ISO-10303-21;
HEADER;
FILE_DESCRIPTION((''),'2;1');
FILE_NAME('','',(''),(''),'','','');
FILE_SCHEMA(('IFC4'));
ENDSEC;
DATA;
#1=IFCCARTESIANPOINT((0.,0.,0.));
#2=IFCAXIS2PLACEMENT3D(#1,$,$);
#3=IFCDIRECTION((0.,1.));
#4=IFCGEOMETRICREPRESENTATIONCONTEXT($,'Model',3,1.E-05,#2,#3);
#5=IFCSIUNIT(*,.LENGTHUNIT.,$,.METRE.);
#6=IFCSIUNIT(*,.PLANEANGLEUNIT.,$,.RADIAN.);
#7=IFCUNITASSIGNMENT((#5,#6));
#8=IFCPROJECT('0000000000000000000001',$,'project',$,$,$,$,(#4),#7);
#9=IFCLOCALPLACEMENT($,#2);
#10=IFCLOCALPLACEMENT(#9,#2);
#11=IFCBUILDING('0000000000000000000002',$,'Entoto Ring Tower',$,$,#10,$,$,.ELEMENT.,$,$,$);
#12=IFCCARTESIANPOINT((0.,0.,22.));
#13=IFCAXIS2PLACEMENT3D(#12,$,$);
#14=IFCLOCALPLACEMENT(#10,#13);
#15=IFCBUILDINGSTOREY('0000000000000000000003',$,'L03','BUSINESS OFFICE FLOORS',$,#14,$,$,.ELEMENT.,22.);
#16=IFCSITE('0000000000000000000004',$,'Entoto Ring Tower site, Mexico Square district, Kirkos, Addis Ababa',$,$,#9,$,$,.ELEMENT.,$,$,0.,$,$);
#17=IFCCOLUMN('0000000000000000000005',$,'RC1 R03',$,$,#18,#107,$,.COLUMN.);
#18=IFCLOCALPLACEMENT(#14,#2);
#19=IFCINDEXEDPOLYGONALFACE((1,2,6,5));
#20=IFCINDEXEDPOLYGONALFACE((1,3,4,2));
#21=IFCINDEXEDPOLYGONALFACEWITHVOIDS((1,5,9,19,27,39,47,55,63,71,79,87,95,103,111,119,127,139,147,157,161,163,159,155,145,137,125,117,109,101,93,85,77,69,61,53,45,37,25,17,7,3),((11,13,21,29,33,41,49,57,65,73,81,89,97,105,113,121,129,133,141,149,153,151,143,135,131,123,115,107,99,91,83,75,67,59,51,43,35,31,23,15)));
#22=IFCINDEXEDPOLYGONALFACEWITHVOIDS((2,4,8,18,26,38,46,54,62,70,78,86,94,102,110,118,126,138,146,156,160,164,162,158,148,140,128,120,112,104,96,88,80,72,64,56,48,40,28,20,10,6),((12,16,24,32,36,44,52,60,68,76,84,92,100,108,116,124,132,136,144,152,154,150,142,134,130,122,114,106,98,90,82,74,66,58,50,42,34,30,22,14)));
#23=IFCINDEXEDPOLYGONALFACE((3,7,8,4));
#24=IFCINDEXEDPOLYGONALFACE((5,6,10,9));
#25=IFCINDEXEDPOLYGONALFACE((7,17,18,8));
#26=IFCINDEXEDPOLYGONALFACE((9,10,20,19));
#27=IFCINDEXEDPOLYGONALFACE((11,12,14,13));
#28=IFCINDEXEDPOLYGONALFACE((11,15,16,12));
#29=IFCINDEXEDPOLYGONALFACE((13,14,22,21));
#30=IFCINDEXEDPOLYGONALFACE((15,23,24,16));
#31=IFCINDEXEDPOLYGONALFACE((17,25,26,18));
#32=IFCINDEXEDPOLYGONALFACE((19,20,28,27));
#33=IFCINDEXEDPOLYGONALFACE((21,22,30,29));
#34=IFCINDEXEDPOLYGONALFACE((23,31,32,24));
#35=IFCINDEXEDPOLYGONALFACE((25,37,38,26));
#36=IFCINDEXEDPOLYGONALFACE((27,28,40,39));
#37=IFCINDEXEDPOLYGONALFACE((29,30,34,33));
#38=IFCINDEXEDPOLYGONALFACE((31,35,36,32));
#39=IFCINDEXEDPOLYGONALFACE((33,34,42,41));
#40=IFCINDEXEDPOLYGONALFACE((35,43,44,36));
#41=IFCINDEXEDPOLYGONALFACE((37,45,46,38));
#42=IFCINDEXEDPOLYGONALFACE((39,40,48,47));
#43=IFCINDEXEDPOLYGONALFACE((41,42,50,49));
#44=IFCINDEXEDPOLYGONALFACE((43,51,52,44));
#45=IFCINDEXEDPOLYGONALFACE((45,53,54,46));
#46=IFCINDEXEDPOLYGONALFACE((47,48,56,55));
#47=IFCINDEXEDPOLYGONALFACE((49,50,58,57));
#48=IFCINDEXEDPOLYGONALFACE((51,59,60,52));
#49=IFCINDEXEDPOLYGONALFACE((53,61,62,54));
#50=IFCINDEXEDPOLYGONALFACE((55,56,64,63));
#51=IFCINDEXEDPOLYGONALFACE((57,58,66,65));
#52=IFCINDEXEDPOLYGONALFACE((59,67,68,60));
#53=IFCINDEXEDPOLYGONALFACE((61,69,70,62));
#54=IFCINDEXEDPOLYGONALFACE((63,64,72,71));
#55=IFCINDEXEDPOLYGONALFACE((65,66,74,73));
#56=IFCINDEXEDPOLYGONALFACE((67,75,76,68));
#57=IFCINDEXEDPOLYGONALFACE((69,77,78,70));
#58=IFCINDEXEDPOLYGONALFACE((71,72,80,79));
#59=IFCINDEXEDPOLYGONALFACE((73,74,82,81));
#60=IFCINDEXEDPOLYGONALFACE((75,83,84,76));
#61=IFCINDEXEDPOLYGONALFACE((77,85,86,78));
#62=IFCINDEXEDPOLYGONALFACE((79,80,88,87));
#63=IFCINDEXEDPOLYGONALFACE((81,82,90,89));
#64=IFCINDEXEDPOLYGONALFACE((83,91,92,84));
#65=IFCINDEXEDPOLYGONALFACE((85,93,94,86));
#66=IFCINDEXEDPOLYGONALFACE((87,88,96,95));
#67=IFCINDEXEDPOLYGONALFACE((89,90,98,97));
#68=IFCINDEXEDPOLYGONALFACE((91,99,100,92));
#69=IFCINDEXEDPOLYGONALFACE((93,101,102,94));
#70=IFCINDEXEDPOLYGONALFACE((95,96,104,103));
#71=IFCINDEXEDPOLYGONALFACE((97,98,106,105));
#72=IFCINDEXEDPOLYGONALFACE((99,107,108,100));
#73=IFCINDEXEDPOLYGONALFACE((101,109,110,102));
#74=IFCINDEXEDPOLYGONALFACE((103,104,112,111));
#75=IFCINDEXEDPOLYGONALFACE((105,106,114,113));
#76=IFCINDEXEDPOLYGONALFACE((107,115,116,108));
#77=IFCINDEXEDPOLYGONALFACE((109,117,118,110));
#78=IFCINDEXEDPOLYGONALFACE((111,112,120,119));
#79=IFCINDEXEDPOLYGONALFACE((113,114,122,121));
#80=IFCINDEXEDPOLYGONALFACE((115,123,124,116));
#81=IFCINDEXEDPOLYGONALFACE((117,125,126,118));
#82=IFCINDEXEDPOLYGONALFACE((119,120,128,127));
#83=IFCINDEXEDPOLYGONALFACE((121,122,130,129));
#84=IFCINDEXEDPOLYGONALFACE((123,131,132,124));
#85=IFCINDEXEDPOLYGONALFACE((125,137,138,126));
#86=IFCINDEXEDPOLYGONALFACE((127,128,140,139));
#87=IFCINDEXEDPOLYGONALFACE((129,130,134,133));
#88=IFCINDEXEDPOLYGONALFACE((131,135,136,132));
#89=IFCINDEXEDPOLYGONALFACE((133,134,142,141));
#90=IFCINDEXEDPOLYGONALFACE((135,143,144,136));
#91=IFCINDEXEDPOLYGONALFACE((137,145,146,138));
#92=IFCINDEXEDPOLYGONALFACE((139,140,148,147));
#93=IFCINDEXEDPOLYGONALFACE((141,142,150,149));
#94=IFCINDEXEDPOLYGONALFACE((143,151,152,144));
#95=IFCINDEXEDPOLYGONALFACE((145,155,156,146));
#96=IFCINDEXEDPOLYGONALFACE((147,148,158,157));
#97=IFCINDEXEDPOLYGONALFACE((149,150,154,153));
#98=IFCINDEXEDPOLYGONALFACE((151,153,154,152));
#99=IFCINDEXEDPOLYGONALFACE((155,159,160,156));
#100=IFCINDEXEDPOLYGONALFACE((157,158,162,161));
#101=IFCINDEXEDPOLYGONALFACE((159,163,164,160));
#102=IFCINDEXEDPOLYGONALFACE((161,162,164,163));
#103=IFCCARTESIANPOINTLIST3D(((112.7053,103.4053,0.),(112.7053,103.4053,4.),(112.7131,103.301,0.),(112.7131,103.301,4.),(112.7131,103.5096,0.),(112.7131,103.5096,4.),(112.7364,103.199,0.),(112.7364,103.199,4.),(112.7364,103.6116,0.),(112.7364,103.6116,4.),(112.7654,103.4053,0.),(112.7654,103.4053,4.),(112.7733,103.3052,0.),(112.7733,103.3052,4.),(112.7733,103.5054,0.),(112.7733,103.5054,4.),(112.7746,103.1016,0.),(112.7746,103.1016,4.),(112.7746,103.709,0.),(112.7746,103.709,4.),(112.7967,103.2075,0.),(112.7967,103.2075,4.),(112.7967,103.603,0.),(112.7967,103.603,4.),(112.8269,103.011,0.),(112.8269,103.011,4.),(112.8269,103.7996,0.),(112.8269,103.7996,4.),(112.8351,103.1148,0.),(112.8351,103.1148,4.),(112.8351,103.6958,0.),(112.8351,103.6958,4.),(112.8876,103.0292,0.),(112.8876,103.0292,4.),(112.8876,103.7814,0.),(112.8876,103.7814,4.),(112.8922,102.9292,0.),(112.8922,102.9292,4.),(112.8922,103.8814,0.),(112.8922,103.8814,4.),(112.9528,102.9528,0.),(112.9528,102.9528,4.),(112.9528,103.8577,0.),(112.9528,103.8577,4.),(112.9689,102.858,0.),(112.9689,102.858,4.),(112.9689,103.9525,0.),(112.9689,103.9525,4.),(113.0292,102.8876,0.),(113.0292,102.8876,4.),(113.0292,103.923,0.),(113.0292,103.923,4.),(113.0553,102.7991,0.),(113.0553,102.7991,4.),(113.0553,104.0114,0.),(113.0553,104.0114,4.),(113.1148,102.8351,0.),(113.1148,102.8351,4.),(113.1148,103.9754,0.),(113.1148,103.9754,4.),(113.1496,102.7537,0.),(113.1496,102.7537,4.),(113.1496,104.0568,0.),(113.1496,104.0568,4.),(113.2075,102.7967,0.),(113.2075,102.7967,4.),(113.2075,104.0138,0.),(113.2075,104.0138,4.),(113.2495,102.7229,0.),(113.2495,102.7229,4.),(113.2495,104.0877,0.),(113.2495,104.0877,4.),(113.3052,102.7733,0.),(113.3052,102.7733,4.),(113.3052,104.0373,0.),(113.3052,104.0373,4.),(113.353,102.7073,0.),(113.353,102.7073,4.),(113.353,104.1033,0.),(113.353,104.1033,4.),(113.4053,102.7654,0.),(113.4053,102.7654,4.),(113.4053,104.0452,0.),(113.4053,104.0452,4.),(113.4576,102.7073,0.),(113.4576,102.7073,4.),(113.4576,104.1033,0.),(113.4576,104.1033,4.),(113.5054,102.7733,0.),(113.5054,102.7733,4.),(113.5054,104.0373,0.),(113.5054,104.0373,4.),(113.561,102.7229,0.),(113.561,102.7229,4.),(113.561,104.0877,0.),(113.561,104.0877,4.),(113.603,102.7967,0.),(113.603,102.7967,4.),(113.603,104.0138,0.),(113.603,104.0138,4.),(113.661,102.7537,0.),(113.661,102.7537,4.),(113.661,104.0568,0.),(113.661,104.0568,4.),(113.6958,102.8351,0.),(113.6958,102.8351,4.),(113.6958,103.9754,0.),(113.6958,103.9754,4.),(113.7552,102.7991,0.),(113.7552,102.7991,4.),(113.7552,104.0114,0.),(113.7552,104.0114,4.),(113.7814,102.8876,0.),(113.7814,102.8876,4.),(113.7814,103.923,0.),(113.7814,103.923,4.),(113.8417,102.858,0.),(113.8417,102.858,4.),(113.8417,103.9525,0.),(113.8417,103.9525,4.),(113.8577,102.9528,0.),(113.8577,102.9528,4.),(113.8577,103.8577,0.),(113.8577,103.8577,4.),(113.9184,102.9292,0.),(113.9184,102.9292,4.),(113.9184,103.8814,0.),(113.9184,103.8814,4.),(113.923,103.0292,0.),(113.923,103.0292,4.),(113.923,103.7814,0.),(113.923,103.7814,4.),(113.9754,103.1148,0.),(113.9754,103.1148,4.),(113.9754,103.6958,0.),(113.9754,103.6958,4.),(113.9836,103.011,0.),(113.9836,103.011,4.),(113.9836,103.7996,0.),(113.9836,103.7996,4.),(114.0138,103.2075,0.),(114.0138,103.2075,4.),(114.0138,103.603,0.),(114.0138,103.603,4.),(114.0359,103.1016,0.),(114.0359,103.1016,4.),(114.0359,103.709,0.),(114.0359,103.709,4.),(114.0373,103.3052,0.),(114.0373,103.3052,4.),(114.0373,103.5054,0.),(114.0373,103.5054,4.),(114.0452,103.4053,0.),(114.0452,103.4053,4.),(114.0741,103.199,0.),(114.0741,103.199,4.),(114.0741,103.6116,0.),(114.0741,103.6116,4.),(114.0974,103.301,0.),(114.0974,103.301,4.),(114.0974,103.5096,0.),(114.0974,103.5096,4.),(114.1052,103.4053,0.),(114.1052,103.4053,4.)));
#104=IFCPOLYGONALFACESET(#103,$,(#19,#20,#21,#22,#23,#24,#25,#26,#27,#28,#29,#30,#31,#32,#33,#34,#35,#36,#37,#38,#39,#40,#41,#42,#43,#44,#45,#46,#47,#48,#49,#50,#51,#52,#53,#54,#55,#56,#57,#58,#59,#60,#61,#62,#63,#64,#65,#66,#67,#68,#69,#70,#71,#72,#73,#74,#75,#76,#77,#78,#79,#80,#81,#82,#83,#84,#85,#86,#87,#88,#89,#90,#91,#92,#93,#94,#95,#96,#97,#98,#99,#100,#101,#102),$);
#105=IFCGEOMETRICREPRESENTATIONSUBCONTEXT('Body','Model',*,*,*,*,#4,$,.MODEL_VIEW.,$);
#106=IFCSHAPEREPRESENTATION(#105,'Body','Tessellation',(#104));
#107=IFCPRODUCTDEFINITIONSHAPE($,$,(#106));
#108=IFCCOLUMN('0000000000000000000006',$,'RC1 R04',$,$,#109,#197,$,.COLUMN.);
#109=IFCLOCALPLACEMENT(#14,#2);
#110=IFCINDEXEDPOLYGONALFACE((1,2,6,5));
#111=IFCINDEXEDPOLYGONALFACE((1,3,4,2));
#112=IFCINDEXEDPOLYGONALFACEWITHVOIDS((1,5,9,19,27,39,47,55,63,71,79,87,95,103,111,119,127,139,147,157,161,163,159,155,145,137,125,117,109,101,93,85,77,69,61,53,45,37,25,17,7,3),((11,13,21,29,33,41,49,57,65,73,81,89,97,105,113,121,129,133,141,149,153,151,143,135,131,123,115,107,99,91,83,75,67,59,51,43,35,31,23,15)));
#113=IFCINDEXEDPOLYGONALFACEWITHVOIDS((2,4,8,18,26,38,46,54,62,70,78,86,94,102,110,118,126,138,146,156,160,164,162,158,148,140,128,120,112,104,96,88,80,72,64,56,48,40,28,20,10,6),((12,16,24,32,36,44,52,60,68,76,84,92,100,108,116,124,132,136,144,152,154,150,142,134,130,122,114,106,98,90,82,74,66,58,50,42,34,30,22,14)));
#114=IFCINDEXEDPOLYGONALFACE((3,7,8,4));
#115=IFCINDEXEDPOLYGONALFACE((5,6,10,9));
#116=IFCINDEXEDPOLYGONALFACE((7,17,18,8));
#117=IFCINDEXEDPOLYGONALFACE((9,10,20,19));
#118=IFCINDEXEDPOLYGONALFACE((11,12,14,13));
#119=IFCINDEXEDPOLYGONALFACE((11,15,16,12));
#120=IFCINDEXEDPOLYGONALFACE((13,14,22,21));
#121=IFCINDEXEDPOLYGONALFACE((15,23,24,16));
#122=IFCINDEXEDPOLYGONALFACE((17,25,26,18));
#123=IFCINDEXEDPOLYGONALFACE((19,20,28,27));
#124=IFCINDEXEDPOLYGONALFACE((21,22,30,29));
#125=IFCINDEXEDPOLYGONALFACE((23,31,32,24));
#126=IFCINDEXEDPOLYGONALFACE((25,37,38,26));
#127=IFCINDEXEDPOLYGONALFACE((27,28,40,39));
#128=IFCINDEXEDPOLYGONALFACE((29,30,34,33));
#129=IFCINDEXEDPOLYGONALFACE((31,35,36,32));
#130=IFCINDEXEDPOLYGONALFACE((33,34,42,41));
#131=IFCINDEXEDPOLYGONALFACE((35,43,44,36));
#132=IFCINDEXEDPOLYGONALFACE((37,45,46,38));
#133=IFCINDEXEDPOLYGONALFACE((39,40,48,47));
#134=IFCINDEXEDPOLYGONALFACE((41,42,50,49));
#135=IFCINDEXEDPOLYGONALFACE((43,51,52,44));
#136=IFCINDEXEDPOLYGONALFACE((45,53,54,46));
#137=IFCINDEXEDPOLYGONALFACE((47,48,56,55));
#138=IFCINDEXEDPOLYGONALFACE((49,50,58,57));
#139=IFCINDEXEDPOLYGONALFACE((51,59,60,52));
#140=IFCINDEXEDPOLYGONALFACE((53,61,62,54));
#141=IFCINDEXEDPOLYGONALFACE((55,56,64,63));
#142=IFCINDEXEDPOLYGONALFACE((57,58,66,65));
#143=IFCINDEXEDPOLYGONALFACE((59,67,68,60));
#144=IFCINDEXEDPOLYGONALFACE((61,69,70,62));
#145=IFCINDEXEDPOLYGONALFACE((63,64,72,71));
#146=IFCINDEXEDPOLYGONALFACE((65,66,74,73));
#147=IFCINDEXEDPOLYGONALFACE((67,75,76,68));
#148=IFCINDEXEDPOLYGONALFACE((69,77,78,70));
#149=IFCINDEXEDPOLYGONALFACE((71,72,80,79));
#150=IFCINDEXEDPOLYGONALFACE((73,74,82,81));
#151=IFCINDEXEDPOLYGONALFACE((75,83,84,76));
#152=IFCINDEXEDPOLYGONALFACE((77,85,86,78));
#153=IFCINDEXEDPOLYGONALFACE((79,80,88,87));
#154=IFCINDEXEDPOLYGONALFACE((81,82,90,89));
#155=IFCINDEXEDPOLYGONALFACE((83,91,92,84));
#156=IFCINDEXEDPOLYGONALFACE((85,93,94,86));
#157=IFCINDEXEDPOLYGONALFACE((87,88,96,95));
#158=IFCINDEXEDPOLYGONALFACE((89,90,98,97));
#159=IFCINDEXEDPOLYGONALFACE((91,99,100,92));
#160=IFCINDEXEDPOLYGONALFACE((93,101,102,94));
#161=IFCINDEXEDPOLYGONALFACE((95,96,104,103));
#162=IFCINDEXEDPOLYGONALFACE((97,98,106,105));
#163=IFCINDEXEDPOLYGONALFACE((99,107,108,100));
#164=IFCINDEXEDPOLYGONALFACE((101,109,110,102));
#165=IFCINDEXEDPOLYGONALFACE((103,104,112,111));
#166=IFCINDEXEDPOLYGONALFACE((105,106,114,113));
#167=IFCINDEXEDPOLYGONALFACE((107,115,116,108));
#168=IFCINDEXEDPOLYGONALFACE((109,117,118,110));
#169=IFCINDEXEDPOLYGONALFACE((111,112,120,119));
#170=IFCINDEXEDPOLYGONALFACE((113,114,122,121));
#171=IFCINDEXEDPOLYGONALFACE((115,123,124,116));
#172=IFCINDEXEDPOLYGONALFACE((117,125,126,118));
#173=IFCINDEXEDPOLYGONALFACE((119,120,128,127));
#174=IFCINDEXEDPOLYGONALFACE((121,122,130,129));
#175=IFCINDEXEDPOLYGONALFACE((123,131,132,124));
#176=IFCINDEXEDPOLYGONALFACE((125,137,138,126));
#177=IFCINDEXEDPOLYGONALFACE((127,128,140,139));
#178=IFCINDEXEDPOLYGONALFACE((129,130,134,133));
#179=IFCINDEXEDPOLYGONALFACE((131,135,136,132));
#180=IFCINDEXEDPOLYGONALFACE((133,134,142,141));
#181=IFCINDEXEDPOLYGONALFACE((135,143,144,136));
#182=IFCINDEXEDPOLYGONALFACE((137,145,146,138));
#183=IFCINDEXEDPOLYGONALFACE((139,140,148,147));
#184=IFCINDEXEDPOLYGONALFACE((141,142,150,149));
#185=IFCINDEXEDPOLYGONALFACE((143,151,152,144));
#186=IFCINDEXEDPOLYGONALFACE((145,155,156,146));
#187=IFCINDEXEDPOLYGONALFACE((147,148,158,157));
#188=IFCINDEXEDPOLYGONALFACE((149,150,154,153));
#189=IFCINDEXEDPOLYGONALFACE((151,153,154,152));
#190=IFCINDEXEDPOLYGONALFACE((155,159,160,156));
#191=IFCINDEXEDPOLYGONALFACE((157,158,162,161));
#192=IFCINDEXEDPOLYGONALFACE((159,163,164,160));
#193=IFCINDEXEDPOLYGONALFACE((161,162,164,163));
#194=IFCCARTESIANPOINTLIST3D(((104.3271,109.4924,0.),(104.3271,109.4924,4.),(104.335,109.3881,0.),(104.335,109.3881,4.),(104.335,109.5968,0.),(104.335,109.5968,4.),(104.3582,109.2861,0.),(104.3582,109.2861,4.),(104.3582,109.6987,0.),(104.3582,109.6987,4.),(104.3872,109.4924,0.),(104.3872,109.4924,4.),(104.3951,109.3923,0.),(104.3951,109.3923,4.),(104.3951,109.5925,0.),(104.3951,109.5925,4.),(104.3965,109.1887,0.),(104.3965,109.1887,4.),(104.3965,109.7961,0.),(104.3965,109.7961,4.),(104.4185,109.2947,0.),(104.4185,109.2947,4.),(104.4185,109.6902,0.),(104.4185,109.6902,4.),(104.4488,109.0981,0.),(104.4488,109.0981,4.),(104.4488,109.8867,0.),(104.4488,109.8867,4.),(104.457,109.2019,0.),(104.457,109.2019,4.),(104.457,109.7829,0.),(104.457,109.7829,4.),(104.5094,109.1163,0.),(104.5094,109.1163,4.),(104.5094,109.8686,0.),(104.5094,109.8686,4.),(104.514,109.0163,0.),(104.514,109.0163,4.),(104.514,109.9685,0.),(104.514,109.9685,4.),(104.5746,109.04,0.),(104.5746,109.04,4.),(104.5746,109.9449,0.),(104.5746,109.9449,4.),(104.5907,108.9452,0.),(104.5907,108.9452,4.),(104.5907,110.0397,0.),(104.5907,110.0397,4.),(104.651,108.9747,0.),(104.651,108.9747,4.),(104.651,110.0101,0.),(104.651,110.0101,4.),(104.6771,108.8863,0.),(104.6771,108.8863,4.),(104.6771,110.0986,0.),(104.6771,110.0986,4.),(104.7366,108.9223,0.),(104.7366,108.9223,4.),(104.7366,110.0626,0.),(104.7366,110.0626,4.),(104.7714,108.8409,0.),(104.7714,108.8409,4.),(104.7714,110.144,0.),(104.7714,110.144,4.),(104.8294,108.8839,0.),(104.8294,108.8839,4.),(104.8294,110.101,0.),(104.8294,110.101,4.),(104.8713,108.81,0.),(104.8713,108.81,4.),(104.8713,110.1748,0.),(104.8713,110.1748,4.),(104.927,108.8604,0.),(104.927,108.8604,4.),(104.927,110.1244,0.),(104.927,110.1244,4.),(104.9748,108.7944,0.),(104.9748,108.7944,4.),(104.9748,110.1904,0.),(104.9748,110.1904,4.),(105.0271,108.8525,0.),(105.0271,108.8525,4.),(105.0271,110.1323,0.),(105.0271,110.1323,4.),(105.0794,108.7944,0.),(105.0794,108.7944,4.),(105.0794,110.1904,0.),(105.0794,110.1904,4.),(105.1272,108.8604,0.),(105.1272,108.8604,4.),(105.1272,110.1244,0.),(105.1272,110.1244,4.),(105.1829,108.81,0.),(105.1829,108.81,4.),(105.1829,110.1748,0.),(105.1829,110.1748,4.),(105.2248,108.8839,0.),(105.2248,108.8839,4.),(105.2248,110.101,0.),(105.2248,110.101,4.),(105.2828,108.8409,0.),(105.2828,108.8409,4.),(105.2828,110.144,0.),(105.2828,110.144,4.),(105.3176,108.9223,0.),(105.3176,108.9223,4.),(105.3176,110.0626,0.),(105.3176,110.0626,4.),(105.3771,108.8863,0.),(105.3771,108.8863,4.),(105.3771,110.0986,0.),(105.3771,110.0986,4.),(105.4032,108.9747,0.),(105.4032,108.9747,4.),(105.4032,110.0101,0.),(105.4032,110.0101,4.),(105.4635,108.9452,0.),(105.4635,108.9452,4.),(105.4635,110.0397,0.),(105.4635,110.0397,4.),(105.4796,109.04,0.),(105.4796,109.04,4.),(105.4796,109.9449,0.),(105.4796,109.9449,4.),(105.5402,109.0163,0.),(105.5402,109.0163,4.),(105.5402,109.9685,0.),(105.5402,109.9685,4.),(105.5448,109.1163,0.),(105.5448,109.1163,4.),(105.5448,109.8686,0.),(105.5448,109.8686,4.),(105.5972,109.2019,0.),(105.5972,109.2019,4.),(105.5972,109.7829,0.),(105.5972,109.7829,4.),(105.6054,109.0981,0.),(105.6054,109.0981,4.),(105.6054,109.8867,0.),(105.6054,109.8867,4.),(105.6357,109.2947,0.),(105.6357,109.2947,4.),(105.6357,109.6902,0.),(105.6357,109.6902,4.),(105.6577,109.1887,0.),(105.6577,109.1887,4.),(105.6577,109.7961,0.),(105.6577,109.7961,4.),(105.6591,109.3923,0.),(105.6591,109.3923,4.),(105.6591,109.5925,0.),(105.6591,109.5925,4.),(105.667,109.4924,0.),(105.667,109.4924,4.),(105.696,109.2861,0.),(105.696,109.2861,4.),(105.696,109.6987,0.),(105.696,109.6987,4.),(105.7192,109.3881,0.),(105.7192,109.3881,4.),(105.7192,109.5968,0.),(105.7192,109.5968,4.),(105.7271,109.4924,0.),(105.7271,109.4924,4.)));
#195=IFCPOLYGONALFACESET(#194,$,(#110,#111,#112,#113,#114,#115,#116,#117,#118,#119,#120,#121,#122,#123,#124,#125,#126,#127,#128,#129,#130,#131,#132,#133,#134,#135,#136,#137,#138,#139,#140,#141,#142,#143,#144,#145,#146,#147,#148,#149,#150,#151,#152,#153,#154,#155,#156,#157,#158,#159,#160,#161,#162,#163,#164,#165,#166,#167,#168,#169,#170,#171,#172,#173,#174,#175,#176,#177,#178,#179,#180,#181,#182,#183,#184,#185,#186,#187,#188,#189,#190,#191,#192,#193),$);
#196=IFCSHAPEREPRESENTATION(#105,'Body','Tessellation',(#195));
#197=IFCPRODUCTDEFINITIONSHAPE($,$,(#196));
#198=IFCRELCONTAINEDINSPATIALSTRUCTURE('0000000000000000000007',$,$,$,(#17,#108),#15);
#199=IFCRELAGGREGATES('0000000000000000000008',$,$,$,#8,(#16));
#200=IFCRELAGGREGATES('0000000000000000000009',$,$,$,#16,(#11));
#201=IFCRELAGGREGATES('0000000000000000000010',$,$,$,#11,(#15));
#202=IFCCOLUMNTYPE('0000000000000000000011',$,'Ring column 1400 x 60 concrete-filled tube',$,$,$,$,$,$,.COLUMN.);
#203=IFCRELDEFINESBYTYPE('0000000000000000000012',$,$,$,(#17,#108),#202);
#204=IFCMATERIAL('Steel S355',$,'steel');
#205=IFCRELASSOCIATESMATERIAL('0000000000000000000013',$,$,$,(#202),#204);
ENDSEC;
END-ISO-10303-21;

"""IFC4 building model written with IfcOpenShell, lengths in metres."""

from ifc_helpers import new_model, si_unit, direction, frame, origin, origin_2d, place, context, subcontext, project, spatial, circle, hollow_circle, extrude, material, material_profile, profile_set, type_object, element, save


model = new_model("IFC4")

# Units and contexts
model_context = context("Model", 3, precision=1e-05, world=origin(), true_north=direction((0.0, 1.0)))
body_context = subcontext(model_context, "Body", "Model", "MODEL_VIEW")
ifc_project = project(units=[si_unit("LENGTHUNIT", "METRE"), si_unit("PLANEANGLEUNIT", "RADIAN")], contexts=[model_context])

# Site, building, storey
site_placement = place(None, origin())
site = spatial("IfcSite", under=ifc_project, at=site_placement, Name="Entoto Ring Tower site, Mexico Square district, Kirkos, Addis Ababa", CompositionType="ELEMENT", RefElevation=0.0)
building_placement = place(site_placement, origin())
building = spatial("IfcBuilding", under=site, at=building_placement, Name="Entoto Ring Tower", CompositionType="ELEMENT")
storey_placement = place(building_placement, frame((0.0, 0.0, 22.0)))
storey = spatial("IfcBuildingStorey", under=building, at=storey_placement, Name="L03", Description="BUSINESS OFFICE FLOORS", CompositionType="ELEMENT", Elevation=22.0)

# Columns
ifc_material_1 = material(Name="Steel S355", Category="steel")
ifc_material_profile_1 = material_profile(ifc_material_1, hollow_circle(Radius=0.7, WallThickness=0.0601, at=origin_2d()), Name="CHS 1400 x 60")
ifc_material_2 = material(Name="Concrete C60/75", Category="concrete")
ifc_material_profile_2 = material_profile(ifc_material_2, circle(Radius=0.6399, at=origin_2d()), Name="Concrete C60/75 infill")
ifc_profile_set_1 = profile_set([ifc_material_profile_1, ifc_material_profile_2], Name="Steel S355")
column_type = type_object("IfcColumnType", Name="Ring column 1400 x 60 concrete-filled tube", PredefinedType="COLUMN", material=ifc_profile_set_1)
for number, where, z_axis, x_axis, name in (
    (1, (113.4053, 103.4053, 0.0), (0.0, 0.0, 1.0), (1.0, 0.0, 0.0), "RC1 R03"),
    (2, (105.0271, 109.4924, 0.0), (0.0, 0.0, 1.0), (1.0, 0.0, 0.0), "RC1 R04"),
):
    element("IfcColumn", number, at=place(storey_placement, frame(where, z_axis=z_axis, x_axis=x_axis)), inside=storey, type_object=column_type, Name=name, PredefinedType="COLUMN", context=body_context, shape_type="SweptSolid", body=[
        extrude(hollow_circle(Radius=0.7, WallThickness=0.0601, at=origin_2d()), origin(), (0.0, 0.0, 1.0), 4.0),
    ])

save(model, "model.ifc")
